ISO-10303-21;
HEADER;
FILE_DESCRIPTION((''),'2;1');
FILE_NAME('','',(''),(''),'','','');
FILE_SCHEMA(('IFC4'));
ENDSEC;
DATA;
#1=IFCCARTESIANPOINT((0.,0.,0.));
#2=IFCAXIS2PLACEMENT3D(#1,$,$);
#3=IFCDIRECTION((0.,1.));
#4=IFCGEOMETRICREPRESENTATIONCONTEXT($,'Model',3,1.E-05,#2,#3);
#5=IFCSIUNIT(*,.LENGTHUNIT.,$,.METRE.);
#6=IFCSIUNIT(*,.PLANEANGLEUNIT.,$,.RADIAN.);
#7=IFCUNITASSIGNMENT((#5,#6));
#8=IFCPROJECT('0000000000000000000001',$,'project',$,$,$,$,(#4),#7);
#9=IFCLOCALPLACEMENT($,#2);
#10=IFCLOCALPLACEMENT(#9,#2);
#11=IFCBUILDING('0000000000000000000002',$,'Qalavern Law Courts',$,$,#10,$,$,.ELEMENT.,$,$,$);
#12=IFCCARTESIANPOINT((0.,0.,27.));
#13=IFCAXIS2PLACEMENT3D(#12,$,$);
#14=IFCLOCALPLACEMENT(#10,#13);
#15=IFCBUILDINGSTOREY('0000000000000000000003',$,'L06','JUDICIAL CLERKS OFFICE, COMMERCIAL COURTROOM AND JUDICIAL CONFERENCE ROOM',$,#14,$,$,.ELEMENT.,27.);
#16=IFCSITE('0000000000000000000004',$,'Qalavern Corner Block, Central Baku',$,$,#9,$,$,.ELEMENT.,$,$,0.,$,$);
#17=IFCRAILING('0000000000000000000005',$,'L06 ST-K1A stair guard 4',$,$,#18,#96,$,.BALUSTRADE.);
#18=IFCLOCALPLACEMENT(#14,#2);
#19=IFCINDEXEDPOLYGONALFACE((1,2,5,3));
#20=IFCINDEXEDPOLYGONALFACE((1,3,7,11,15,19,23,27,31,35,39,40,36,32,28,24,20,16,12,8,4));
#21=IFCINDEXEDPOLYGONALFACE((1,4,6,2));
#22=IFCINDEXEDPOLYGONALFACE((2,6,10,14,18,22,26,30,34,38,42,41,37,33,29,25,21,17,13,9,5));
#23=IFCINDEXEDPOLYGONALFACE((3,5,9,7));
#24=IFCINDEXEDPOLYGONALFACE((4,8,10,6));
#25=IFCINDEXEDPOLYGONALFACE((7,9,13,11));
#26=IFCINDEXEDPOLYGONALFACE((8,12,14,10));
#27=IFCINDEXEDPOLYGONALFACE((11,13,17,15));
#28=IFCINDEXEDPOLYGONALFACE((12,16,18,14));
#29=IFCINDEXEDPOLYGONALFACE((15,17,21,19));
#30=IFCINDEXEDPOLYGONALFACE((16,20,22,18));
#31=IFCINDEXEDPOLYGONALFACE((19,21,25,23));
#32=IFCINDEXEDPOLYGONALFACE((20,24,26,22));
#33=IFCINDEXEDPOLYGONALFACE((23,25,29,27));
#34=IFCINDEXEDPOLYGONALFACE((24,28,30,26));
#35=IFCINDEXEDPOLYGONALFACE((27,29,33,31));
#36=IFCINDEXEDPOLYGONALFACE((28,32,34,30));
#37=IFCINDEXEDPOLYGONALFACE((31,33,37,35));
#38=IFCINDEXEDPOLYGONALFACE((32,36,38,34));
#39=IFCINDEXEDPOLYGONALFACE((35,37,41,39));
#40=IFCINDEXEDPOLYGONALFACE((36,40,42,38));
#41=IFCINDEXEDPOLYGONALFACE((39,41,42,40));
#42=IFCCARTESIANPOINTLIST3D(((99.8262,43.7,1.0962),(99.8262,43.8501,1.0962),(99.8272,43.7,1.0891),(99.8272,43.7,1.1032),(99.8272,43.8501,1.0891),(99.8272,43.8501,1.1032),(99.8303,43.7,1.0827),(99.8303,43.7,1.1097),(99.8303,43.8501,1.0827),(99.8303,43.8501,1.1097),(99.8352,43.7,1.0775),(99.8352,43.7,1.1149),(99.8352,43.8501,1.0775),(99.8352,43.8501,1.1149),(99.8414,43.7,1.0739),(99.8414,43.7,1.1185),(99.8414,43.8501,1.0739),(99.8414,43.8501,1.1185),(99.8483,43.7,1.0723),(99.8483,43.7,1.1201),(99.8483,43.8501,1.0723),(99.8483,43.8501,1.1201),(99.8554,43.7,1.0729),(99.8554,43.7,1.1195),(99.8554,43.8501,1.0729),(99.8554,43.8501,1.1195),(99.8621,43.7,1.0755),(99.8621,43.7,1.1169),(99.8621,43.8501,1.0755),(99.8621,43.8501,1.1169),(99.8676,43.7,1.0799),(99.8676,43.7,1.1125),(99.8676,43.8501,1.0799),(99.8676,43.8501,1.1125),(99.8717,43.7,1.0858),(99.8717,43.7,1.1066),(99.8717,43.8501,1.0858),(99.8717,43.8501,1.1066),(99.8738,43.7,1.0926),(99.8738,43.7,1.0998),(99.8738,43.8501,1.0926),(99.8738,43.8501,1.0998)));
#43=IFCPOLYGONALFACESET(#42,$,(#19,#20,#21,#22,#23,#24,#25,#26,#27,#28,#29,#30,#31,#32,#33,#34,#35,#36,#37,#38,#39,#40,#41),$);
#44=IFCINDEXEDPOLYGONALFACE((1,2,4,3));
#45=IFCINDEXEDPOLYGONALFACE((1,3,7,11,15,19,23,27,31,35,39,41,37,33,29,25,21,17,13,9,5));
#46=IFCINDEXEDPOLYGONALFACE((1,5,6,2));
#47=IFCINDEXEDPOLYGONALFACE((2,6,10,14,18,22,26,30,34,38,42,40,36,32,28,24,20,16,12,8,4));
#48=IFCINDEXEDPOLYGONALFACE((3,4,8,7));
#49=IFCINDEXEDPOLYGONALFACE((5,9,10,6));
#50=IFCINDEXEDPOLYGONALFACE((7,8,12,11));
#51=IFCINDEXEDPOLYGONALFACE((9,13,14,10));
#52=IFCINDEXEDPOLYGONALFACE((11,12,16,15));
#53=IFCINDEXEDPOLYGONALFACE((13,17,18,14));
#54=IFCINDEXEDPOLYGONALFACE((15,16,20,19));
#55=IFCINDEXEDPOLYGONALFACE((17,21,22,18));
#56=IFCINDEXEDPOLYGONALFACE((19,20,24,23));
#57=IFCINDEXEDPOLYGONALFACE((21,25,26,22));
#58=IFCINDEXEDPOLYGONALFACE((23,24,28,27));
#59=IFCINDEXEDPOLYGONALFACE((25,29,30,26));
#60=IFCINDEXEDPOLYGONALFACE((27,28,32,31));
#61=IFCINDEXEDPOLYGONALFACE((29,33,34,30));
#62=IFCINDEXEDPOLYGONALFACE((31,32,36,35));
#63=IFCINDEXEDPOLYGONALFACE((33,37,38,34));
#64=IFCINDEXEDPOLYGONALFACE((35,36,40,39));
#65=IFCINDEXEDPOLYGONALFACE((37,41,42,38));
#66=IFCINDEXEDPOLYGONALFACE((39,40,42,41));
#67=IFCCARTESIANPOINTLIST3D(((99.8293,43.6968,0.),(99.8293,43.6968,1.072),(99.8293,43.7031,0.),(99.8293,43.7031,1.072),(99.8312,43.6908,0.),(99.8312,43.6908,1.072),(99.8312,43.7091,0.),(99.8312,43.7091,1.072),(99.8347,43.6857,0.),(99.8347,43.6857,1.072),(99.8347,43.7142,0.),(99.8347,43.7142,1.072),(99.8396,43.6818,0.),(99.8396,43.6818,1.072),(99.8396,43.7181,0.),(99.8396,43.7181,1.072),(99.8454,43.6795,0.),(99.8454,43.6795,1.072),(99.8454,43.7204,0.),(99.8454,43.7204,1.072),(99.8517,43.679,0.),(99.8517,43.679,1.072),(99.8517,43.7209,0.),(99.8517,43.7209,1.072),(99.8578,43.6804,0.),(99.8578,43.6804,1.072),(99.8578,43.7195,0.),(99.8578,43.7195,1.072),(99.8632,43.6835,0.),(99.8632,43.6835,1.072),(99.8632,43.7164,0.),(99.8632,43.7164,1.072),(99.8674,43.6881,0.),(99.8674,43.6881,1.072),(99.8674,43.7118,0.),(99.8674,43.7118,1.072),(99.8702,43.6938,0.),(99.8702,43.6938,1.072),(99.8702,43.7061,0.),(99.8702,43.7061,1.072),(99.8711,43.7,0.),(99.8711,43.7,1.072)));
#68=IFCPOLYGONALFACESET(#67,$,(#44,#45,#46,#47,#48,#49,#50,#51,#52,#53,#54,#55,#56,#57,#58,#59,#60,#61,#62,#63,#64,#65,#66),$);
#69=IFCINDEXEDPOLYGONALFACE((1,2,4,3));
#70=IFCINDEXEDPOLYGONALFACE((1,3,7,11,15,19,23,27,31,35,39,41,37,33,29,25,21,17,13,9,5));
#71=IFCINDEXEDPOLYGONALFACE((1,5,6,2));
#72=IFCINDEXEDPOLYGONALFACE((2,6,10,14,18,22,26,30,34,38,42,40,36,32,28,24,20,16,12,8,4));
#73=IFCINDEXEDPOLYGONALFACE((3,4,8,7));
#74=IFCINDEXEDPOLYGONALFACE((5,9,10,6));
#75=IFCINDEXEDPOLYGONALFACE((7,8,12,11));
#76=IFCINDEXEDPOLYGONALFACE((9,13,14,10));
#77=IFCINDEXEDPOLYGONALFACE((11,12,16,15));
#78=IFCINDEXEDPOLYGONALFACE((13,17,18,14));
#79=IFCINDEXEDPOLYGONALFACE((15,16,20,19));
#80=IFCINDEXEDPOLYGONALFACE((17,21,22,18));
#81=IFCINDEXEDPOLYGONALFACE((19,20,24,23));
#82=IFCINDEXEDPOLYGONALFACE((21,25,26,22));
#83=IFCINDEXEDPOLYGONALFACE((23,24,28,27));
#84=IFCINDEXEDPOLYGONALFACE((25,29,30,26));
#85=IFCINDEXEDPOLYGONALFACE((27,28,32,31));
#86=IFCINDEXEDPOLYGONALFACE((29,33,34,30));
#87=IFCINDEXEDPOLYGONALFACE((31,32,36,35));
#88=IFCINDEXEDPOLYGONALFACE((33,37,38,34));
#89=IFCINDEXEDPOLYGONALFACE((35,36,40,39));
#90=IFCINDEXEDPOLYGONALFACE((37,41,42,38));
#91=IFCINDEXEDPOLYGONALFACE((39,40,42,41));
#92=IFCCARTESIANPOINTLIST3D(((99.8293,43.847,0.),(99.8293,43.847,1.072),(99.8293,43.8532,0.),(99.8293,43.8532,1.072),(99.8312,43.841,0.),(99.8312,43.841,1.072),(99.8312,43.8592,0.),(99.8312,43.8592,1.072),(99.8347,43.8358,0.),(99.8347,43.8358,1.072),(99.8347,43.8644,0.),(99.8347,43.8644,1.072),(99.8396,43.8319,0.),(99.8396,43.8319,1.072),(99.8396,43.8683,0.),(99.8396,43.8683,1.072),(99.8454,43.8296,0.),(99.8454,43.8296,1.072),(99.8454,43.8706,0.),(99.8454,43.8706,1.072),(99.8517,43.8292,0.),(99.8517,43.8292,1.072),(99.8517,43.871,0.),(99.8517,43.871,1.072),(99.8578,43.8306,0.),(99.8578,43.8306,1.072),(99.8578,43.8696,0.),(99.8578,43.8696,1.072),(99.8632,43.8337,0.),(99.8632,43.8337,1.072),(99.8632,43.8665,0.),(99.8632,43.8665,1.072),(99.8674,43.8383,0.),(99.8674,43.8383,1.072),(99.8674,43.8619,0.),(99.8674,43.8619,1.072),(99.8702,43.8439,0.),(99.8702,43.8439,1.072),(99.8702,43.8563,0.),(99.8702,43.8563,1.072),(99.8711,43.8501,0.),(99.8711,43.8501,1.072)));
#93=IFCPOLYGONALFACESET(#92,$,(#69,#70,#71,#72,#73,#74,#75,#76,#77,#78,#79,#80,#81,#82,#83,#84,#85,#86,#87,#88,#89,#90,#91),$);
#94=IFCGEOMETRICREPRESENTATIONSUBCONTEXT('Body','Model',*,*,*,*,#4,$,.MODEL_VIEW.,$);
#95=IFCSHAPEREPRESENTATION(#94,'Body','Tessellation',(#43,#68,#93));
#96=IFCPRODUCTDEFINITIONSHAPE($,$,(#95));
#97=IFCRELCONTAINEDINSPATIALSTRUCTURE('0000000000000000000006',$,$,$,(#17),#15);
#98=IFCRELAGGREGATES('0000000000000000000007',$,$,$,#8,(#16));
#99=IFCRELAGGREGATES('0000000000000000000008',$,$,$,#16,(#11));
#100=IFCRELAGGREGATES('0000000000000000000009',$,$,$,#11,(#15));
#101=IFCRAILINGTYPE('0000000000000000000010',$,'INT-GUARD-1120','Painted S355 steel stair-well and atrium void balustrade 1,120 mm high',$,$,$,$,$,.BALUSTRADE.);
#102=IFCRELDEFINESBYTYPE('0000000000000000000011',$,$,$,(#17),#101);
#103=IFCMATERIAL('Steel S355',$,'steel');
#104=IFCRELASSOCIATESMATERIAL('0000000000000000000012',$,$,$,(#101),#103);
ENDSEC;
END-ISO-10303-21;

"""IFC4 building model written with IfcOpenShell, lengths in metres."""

from ifc_helpers import new_model, si_unit, direction, frame, origin, origin_2d, place, context, subcontext, project, spatial, circle, extrude, material, type_object, element, save


model = new_model("IFC4")

# Units and contexts
model_context = context("Model", 3, precision=1e-05, world=origin(), true_north=direction((0.0, 1.0)))
body_context = subcontext(model_context, "Body", "Model", "MODEL_VIEW")
ifc_project = project(units=[si_unit("LENGTHUNIT", "METRE"), si_unit("PLANEANGLEUNIT", "RADIAN")], contexts=[model_context])

# Site, building, storey
site_placement = place(None, origin())
site = spatial("IfcSite", under=ifc_project, at=site_placement, Name="Qalavern Corner Block, Central Baku", CompositionType="ELEMENT", RefElevation=0.0)
building_placement = place(site_placement, origin())
building = spatial("IfcBuilding", under=site, at=building_placement, Name="Qalavern Law Courts", CompositionType="ELEMENT")
storey_placement = place(building_placement, frame((0.0, 0.0, 27.0)))
storey = spatial("IfcBuildingStorey", under=building, at=storey_placement, Name="L06", Description="JUDICIAL CLERKS OFFICE, COMMERCIAL COURTROOM AND JUDICIAL CONFERENCE ROOM", CompositionType="ELEMENT", Elevation=27.0)

# Shared definitions
ifc_material_1 = material(Name="Steel S355", Category="steel")

# Railing
railing_type_1 = type_object("IfcRailingType", Name="INT-GUARD-1120", Description="Painted S355 steel stair-well and atrium void balustrade 1,120 mm high", PredefinedType="BALUSTRADE", material=ifc_material_1)
railing_1_placement = place(storey_placement, frame((99.8501, 43.7, 0.0)))
element("IfcRailing", 1, at=railing_1_placement, inside=storey, type_object=railing_type_1, Name="L06 ST-K1A stair guard 4", PredefinedType="BALUSTRADE", context=body_context, shape_type="SweptSolid", body=[
    extrude(circle(Radius=0.0239, at=origin_2d()), frame((0.0, 0.0, 1.0962), z_axis=(0.0, 1.0, 0.0), x_axis=(-1.0, 0.0, 0.0)), (0.0, 0.0, 1.0), 0.1501),
    extrude(circle(Radius=0.021, at=origin_2d()), origin(), (0.0, 0.0, 1.0), 1.072),
    extrude(circle(Radius=0.021, at=origin_2d()), frame((0.0, 0.1501, 0.0)), (0.0, 0.0, 1.0), 1.072),
])

save(model, "model.ifc")
